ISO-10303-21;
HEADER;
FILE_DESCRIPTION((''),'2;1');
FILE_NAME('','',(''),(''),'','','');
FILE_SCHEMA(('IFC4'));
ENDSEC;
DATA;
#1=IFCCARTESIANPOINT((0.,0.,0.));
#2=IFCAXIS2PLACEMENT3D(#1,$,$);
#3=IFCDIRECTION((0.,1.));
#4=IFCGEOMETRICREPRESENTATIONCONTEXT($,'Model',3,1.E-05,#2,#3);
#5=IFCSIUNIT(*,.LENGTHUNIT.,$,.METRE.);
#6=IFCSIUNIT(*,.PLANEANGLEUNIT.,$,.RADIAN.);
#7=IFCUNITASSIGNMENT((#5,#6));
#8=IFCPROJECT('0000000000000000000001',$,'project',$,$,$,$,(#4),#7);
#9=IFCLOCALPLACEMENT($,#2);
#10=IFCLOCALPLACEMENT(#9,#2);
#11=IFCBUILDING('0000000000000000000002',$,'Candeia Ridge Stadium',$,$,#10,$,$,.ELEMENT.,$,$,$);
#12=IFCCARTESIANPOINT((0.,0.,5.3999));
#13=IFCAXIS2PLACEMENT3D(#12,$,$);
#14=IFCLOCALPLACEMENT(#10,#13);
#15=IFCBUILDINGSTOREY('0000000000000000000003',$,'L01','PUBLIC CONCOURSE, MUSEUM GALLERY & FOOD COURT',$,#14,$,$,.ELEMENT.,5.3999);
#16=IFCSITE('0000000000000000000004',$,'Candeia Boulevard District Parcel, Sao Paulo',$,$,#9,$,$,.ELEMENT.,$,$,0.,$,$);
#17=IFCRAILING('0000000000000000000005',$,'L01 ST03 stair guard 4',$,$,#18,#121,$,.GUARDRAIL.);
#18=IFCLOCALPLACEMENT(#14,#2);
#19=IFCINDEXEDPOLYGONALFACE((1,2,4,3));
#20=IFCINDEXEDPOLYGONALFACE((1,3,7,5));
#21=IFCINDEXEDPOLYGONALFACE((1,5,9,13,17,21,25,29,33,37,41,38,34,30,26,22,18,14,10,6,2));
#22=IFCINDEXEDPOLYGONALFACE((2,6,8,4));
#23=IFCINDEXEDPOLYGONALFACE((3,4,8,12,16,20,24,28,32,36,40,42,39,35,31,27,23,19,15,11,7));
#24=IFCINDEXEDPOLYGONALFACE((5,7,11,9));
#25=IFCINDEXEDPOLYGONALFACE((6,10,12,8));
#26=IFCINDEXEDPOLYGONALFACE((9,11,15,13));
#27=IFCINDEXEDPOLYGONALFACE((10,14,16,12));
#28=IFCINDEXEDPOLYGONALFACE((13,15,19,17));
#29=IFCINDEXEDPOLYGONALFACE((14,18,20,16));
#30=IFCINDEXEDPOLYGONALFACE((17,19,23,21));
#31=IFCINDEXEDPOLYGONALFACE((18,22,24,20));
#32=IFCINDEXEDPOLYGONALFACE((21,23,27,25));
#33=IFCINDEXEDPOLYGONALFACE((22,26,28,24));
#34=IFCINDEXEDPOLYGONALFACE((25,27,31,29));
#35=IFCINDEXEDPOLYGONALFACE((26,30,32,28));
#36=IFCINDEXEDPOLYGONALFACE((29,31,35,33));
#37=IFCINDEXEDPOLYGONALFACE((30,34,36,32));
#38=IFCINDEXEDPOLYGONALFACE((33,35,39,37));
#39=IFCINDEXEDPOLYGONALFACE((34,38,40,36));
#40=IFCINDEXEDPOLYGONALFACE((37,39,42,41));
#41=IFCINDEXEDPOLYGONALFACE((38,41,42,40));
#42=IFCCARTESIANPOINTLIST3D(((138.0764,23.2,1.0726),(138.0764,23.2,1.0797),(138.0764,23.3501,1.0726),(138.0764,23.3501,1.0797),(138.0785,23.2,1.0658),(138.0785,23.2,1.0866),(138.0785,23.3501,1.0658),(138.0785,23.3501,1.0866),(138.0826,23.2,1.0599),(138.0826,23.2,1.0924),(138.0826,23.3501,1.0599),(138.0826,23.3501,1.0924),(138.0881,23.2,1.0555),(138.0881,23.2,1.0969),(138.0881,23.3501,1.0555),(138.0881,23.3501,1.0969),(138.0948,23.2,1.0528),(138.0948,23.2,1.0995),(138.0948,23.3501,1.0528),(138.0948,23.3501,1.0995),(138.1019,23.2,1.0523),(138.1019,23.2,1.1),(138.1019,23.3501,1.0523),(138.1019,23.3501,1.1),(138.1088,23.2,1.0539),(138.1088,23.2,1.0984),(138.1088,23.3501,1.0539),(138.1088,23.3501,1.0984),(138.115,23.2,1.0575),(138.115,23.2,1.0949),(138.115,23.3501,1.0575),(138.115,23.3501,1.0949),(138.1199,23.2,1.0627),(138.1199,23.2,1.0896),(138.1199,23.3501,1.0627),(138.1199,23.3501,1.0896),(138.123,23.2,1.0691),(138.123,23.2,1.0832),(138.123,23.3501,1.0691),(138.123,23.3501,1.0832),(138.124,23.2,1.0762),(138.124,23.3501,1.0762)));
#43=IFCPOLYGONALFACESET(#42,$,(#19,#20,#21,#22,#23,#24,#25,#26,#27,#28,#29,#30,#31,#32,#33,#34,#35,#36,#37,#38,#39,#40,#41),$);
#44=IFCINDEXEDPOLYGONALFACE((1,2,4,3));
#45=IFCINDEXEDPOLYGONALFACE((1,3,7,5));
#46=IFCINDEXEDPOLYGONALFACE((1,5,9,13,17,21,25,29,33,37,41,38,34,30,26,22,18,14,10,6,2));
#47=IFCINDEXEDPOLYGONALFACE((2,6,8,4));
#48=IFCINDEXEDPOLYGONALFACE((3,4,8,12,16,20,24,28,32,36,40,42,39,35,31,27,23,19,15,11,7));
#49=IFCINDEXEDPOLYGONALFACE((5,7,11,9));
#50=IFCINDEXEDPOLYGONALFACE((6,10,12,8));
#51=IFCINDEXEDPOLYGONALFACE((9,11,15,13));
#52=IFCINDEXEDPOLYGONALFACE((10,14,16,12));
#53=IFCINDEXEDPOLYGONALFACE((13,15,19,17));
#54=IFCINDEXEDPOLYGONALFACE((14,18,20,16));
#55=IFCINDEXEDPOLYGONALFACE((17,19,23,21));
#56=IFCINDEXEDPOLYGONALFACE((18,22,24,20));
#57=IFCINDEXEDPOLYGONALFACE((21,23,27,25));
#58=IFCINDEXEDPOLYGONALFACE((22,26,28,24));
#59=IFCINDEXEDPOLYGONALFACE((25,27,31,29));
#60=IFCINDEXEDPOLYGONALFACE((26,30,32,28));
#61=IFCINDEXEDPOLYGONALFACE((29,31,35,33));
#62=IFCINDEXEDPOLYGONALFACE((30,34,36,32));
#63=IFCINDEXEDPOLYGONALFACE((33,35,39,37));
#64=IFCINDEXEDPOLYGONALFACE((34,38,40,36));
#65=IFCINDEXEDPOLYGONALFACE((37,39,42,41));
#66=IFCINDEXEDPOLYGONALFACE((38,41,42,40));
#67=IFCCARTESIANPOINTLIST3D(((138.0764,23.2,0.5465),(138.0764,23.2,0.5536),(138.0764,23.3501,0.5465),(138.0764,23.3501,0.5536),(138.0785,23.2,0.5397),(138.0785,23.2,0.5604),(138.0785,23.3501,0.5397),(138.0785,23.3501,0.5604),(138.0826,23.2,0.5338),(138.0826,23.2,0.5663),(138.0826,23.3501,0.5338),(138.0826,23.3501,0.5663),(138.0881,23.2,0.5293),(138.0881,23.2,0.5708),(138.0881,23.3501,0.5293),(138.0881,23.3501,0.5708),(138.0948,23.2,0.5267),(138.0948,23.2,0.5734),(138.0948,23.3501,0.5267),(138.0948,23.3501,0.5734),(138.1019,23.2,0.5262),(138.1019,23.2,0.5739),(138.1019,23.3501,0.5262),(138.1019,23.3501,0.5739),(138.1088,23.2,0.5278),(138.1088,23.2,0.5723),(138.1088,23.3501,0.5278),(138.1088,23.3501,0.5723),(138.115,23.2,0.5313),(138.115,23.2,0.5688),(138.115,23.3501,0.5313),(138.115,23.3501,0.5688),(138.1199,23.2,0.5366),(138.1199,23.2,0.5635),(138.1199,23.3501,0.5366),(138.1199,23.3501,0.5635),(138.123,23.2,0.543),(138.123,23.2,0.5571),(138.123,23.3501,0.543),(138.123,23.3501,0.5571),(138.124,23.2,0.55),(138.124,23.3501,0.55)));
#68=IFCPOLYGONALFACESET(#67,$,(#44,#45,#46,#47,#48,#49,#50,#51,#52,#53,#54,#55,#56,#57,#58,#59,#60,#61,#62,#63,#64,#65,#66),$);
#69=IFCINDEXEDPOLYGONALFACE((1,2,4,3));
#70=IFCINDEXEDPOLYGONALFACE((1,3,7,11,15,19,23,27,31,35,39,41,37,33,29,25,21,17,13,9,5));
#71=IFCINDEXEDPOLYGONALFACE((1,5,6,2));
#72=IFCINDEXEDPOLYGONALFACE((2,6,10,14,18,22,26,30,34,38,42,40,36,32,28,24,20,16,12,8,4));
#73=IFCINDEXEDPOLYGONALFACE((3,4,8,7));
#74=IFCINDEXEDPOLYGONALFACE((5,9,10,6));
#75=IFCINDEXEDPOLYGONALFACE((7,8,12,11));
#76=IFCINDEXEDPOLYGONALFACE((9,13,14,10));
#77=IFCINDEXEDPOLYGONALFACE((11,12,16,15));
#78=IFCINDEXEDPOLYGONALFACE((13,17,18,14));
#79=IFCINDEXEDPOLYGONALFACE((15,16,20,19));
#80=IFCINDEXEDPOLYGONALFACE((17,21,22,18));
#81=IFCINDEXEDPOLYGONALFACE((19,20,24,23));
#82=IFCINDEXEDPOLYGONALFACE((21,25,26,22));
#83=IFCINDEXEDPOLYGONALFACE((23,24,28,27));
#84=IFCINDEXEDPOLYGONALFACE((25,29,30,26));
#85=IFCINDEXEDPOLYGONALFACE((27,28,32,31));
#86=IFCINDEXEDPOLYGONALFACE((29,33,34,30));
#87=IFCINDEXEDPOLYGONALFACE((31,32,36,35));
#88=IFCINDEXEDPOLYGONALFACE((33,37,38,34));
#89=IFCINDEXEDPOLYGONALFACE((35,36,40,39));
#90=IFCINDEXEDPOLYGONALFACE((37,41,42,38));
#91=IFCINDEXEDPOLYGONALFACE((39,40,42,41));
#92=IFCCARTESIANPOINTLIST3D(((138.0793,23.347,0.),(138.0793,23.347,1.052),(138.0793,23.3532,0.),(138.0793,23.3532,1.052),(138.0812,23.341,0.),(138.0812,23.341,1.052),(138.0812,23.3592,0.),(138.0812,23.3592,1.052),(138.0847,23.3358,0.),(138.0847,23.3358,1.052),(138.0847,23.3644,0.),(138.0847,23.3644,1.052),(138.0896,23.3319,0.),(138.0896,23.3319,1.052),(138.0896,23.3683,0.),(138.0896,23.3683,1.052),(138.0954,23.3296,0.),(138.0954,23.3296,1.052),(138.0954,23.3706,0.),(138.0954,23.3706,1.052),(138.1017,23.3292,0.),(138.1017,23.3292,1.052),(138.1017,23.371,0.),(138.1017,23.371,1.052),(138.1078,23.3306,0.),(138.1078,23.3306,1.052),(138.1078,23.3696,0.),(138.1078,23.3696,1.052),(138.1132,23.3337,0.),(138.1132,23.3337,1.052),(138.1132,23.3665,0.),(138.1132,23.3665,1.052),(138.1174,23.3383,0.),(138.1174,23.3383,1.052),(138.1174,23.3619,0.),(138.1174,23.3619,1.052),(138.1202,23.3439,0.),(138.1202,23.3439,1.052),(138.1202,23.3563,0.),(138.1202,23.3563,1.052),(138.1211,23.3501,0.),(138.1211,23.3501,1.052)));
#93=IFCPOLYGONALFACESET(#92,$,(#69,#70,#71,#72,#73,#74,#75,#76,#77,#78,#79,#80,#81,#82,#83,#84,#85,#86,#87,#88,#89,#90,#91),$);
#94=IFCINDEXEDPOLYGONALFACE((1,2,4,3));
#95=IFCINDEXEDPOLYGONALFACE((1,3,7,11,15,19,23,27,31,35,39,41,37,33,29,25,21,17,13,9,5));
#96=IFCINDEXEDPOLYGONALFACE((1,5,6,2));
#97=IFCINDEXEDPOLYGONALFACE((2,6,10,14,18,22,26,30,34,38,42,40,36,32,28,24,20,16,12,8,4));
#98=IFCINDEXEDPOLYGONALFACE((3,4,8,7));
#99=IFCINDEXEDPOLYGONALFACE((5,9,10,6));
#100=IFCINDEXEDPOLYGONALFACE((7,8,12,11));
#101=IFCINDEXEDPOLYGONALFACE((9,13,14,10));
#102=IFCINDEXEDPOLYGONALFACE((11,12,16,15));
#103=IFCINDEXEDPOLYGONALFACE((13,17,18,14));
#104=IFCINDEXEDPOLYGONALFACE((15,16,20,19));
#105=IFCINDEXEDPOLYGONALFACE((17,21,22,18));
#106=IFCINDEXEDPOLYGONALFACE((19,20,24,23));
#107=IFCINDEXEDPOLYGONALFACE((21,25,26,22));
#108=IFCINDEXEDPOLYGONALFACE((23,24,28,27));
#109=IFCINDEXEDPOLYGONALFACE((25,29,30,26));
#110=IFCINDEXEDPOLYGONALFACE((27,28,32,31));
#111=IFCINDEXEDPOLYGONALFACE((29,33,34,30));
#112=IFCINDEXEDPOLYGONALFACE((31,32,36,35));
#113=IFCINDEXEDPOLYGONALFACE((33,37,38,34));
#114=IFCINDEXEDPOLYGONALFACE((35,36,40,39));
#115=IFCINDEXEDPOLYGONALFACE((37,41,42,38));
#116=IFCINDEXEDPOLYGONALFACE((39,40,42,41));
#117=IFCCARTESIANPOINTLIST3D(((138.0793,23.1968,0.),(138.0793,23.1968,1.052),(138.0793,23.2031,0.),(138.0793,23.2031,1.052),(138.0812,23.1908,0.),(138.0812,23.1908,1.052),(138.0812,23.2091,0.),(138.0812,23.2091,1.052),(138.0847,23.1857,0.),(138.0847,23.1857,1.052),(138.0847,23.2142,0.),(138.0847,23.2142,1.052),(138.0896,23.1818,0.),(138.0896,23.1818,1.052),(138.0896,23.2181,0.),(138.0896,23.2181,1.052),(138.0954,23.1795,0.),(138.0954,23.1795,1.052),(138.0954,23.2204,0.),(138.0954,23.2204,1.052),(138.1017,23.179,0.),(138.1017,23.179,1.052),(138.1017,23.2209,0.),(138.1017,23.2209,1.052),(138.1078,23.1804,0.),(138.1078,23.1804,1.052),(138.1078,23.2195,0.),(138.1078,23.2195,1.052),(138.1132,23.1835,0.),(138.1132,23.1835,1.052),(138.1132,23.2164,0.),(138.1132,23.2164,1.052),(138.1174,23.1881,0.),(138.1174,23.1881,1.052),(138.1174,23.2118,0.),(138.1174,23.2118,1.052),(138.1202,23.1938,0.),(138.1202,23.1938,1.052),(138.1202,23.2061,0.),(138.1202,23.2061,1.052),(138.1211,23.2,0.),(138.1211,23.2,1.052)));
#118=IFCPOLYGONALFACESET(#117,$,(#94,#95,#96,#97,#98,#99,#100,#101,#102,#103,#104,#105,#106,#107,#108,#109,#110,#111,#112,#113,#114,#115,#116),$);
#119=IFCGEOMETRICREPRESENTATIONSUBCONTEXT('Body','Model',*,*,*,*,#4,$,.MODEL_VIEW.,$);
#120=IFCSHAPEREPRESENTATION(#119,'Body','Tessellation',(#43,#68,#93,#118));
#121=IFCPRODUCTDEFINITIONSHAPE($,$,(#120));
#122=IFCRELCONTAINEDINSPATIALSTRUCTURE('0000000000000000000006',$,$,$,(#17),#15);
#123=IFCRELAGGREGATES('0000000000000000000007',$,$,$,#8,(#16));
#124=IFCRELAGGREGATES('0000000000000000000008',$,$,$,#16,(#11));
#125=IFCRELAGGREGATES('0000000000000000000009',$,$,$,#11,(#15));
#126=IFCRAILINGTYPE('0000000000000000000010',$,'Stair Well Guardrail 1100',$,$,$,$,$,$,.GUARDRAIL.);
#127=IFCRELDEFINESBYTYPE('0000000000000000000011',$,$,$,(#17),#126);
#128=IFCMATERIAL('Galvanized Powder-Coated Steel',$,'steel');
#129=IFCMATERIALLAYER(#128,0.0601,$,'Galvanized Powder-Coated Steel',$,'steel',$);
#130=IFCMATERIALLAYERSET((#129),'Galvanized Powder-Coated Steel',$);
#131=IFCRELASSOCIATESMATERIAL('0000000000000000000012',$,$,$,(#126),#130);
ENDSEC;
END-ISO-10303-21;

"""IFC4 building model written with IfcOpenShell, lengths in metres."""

from ifc_helpers import new_model, si_unit, direction, frame, origin, origin_2d, place, context, subcontext, project, spatial, circle, extrude, material, layer, layer_set, type_object, element, save


model = new_model("IFC4")

# Units and contexts
model_context = context("Model", 3, precision=1e-05, world=origin(), true_north=direction((0.0, 1.0)))
body_context = subcontext(model_context, "Body", "Model", "MODEL_VIEW")
ifc_project = project(units=[si_unit("LENGTHUNIT", "METRE"), si_unit("PLANEANGLEUNIT", "RADIAN")], contexts=[model_context])

# Site, building, storey
site_placement = place(None, origin())
site = spatial("IfcSite", under=ifc_project, at=site_placement, Name="Candeia Boulevard District Parcel, Sao Paulo", CompositionType="ELEMENT", RefElevation=0.0)
building_placement = place(site_placement, origin())
building = spatial("IfcBuilding", under=site, at=building_placement, Name="Candeia Ridge Stadium", CompositionType="ELEMENT")
storey_placement = place(building_placement, frame((0.0, 0.0, 5.3999)))
storey = spatial("IfcBuildingStorey", under=building, at=storey_placement, Name="L01", Description="PUBLIC CONCOURSE, MUSEUM GALLERY & FOOD COURT", CompositionType="ELEMENT", Elevation=5.3999)

# Railing
ifc_material_1 = material(Name="Galvanized Powder-Coated Steel", Category="steel")
ifc_layer_1 = layer(ifc_material_1, 0.0601, Name="Galvanized Powder-Coated Steel", Category="steel")
ifc_layer_set_1 = layer_set([ifc_layer_1], Name="Galvanized Powder-Coated Steel")
railing_type_1 = type_object("IfcRailingType", Name="Stair Well Guardrail 1100", PredefinedType="GUARDRAIL", material=ifc_layer_set_1)
railing_1_placement = place(storey_placement, frame((138.1001, 23.3501, 0.0)))
element("IfcRailing", 1, at=railing_1_placement, inside=storey, type_object=railing_type_1, Name="L01 ST03 stair guard 4", PredefinedType="GUARDRAIL", context=body_context, shape_type="SweptSolid", body=[
    extrude(circle(Radius=0.0239, at=origin_2d()), frame((0.0, 0.0, 1.0762), z_axis=(0.0, -1.0, 0.0), x_axis=(1.0, 0.0, 0.0)), (0.0, 0.0, 1.0), 0.1501),
    extrude(circle(Radius=0.0239, at=origin_2d()), frame((0.0, 0.0, 0.55), z_axis=(0.0, -1.0, 0.0), x_axis=(1.0, 0.0, 0.0)), (0.0, 0.0, 1.0), 0.1501),
    extrude(circle(Radius=0.021, at=origin_2d()), origin(), (0.0, 0.0, 1.0), 1.052),
    extrude(circle(Radius=0.021, at=origin_2d()), frame((0.0, -0.1501, 0.0)), (0.0, 0.0, 1.0), 1.052),
])

save(model, "model.ifc")
